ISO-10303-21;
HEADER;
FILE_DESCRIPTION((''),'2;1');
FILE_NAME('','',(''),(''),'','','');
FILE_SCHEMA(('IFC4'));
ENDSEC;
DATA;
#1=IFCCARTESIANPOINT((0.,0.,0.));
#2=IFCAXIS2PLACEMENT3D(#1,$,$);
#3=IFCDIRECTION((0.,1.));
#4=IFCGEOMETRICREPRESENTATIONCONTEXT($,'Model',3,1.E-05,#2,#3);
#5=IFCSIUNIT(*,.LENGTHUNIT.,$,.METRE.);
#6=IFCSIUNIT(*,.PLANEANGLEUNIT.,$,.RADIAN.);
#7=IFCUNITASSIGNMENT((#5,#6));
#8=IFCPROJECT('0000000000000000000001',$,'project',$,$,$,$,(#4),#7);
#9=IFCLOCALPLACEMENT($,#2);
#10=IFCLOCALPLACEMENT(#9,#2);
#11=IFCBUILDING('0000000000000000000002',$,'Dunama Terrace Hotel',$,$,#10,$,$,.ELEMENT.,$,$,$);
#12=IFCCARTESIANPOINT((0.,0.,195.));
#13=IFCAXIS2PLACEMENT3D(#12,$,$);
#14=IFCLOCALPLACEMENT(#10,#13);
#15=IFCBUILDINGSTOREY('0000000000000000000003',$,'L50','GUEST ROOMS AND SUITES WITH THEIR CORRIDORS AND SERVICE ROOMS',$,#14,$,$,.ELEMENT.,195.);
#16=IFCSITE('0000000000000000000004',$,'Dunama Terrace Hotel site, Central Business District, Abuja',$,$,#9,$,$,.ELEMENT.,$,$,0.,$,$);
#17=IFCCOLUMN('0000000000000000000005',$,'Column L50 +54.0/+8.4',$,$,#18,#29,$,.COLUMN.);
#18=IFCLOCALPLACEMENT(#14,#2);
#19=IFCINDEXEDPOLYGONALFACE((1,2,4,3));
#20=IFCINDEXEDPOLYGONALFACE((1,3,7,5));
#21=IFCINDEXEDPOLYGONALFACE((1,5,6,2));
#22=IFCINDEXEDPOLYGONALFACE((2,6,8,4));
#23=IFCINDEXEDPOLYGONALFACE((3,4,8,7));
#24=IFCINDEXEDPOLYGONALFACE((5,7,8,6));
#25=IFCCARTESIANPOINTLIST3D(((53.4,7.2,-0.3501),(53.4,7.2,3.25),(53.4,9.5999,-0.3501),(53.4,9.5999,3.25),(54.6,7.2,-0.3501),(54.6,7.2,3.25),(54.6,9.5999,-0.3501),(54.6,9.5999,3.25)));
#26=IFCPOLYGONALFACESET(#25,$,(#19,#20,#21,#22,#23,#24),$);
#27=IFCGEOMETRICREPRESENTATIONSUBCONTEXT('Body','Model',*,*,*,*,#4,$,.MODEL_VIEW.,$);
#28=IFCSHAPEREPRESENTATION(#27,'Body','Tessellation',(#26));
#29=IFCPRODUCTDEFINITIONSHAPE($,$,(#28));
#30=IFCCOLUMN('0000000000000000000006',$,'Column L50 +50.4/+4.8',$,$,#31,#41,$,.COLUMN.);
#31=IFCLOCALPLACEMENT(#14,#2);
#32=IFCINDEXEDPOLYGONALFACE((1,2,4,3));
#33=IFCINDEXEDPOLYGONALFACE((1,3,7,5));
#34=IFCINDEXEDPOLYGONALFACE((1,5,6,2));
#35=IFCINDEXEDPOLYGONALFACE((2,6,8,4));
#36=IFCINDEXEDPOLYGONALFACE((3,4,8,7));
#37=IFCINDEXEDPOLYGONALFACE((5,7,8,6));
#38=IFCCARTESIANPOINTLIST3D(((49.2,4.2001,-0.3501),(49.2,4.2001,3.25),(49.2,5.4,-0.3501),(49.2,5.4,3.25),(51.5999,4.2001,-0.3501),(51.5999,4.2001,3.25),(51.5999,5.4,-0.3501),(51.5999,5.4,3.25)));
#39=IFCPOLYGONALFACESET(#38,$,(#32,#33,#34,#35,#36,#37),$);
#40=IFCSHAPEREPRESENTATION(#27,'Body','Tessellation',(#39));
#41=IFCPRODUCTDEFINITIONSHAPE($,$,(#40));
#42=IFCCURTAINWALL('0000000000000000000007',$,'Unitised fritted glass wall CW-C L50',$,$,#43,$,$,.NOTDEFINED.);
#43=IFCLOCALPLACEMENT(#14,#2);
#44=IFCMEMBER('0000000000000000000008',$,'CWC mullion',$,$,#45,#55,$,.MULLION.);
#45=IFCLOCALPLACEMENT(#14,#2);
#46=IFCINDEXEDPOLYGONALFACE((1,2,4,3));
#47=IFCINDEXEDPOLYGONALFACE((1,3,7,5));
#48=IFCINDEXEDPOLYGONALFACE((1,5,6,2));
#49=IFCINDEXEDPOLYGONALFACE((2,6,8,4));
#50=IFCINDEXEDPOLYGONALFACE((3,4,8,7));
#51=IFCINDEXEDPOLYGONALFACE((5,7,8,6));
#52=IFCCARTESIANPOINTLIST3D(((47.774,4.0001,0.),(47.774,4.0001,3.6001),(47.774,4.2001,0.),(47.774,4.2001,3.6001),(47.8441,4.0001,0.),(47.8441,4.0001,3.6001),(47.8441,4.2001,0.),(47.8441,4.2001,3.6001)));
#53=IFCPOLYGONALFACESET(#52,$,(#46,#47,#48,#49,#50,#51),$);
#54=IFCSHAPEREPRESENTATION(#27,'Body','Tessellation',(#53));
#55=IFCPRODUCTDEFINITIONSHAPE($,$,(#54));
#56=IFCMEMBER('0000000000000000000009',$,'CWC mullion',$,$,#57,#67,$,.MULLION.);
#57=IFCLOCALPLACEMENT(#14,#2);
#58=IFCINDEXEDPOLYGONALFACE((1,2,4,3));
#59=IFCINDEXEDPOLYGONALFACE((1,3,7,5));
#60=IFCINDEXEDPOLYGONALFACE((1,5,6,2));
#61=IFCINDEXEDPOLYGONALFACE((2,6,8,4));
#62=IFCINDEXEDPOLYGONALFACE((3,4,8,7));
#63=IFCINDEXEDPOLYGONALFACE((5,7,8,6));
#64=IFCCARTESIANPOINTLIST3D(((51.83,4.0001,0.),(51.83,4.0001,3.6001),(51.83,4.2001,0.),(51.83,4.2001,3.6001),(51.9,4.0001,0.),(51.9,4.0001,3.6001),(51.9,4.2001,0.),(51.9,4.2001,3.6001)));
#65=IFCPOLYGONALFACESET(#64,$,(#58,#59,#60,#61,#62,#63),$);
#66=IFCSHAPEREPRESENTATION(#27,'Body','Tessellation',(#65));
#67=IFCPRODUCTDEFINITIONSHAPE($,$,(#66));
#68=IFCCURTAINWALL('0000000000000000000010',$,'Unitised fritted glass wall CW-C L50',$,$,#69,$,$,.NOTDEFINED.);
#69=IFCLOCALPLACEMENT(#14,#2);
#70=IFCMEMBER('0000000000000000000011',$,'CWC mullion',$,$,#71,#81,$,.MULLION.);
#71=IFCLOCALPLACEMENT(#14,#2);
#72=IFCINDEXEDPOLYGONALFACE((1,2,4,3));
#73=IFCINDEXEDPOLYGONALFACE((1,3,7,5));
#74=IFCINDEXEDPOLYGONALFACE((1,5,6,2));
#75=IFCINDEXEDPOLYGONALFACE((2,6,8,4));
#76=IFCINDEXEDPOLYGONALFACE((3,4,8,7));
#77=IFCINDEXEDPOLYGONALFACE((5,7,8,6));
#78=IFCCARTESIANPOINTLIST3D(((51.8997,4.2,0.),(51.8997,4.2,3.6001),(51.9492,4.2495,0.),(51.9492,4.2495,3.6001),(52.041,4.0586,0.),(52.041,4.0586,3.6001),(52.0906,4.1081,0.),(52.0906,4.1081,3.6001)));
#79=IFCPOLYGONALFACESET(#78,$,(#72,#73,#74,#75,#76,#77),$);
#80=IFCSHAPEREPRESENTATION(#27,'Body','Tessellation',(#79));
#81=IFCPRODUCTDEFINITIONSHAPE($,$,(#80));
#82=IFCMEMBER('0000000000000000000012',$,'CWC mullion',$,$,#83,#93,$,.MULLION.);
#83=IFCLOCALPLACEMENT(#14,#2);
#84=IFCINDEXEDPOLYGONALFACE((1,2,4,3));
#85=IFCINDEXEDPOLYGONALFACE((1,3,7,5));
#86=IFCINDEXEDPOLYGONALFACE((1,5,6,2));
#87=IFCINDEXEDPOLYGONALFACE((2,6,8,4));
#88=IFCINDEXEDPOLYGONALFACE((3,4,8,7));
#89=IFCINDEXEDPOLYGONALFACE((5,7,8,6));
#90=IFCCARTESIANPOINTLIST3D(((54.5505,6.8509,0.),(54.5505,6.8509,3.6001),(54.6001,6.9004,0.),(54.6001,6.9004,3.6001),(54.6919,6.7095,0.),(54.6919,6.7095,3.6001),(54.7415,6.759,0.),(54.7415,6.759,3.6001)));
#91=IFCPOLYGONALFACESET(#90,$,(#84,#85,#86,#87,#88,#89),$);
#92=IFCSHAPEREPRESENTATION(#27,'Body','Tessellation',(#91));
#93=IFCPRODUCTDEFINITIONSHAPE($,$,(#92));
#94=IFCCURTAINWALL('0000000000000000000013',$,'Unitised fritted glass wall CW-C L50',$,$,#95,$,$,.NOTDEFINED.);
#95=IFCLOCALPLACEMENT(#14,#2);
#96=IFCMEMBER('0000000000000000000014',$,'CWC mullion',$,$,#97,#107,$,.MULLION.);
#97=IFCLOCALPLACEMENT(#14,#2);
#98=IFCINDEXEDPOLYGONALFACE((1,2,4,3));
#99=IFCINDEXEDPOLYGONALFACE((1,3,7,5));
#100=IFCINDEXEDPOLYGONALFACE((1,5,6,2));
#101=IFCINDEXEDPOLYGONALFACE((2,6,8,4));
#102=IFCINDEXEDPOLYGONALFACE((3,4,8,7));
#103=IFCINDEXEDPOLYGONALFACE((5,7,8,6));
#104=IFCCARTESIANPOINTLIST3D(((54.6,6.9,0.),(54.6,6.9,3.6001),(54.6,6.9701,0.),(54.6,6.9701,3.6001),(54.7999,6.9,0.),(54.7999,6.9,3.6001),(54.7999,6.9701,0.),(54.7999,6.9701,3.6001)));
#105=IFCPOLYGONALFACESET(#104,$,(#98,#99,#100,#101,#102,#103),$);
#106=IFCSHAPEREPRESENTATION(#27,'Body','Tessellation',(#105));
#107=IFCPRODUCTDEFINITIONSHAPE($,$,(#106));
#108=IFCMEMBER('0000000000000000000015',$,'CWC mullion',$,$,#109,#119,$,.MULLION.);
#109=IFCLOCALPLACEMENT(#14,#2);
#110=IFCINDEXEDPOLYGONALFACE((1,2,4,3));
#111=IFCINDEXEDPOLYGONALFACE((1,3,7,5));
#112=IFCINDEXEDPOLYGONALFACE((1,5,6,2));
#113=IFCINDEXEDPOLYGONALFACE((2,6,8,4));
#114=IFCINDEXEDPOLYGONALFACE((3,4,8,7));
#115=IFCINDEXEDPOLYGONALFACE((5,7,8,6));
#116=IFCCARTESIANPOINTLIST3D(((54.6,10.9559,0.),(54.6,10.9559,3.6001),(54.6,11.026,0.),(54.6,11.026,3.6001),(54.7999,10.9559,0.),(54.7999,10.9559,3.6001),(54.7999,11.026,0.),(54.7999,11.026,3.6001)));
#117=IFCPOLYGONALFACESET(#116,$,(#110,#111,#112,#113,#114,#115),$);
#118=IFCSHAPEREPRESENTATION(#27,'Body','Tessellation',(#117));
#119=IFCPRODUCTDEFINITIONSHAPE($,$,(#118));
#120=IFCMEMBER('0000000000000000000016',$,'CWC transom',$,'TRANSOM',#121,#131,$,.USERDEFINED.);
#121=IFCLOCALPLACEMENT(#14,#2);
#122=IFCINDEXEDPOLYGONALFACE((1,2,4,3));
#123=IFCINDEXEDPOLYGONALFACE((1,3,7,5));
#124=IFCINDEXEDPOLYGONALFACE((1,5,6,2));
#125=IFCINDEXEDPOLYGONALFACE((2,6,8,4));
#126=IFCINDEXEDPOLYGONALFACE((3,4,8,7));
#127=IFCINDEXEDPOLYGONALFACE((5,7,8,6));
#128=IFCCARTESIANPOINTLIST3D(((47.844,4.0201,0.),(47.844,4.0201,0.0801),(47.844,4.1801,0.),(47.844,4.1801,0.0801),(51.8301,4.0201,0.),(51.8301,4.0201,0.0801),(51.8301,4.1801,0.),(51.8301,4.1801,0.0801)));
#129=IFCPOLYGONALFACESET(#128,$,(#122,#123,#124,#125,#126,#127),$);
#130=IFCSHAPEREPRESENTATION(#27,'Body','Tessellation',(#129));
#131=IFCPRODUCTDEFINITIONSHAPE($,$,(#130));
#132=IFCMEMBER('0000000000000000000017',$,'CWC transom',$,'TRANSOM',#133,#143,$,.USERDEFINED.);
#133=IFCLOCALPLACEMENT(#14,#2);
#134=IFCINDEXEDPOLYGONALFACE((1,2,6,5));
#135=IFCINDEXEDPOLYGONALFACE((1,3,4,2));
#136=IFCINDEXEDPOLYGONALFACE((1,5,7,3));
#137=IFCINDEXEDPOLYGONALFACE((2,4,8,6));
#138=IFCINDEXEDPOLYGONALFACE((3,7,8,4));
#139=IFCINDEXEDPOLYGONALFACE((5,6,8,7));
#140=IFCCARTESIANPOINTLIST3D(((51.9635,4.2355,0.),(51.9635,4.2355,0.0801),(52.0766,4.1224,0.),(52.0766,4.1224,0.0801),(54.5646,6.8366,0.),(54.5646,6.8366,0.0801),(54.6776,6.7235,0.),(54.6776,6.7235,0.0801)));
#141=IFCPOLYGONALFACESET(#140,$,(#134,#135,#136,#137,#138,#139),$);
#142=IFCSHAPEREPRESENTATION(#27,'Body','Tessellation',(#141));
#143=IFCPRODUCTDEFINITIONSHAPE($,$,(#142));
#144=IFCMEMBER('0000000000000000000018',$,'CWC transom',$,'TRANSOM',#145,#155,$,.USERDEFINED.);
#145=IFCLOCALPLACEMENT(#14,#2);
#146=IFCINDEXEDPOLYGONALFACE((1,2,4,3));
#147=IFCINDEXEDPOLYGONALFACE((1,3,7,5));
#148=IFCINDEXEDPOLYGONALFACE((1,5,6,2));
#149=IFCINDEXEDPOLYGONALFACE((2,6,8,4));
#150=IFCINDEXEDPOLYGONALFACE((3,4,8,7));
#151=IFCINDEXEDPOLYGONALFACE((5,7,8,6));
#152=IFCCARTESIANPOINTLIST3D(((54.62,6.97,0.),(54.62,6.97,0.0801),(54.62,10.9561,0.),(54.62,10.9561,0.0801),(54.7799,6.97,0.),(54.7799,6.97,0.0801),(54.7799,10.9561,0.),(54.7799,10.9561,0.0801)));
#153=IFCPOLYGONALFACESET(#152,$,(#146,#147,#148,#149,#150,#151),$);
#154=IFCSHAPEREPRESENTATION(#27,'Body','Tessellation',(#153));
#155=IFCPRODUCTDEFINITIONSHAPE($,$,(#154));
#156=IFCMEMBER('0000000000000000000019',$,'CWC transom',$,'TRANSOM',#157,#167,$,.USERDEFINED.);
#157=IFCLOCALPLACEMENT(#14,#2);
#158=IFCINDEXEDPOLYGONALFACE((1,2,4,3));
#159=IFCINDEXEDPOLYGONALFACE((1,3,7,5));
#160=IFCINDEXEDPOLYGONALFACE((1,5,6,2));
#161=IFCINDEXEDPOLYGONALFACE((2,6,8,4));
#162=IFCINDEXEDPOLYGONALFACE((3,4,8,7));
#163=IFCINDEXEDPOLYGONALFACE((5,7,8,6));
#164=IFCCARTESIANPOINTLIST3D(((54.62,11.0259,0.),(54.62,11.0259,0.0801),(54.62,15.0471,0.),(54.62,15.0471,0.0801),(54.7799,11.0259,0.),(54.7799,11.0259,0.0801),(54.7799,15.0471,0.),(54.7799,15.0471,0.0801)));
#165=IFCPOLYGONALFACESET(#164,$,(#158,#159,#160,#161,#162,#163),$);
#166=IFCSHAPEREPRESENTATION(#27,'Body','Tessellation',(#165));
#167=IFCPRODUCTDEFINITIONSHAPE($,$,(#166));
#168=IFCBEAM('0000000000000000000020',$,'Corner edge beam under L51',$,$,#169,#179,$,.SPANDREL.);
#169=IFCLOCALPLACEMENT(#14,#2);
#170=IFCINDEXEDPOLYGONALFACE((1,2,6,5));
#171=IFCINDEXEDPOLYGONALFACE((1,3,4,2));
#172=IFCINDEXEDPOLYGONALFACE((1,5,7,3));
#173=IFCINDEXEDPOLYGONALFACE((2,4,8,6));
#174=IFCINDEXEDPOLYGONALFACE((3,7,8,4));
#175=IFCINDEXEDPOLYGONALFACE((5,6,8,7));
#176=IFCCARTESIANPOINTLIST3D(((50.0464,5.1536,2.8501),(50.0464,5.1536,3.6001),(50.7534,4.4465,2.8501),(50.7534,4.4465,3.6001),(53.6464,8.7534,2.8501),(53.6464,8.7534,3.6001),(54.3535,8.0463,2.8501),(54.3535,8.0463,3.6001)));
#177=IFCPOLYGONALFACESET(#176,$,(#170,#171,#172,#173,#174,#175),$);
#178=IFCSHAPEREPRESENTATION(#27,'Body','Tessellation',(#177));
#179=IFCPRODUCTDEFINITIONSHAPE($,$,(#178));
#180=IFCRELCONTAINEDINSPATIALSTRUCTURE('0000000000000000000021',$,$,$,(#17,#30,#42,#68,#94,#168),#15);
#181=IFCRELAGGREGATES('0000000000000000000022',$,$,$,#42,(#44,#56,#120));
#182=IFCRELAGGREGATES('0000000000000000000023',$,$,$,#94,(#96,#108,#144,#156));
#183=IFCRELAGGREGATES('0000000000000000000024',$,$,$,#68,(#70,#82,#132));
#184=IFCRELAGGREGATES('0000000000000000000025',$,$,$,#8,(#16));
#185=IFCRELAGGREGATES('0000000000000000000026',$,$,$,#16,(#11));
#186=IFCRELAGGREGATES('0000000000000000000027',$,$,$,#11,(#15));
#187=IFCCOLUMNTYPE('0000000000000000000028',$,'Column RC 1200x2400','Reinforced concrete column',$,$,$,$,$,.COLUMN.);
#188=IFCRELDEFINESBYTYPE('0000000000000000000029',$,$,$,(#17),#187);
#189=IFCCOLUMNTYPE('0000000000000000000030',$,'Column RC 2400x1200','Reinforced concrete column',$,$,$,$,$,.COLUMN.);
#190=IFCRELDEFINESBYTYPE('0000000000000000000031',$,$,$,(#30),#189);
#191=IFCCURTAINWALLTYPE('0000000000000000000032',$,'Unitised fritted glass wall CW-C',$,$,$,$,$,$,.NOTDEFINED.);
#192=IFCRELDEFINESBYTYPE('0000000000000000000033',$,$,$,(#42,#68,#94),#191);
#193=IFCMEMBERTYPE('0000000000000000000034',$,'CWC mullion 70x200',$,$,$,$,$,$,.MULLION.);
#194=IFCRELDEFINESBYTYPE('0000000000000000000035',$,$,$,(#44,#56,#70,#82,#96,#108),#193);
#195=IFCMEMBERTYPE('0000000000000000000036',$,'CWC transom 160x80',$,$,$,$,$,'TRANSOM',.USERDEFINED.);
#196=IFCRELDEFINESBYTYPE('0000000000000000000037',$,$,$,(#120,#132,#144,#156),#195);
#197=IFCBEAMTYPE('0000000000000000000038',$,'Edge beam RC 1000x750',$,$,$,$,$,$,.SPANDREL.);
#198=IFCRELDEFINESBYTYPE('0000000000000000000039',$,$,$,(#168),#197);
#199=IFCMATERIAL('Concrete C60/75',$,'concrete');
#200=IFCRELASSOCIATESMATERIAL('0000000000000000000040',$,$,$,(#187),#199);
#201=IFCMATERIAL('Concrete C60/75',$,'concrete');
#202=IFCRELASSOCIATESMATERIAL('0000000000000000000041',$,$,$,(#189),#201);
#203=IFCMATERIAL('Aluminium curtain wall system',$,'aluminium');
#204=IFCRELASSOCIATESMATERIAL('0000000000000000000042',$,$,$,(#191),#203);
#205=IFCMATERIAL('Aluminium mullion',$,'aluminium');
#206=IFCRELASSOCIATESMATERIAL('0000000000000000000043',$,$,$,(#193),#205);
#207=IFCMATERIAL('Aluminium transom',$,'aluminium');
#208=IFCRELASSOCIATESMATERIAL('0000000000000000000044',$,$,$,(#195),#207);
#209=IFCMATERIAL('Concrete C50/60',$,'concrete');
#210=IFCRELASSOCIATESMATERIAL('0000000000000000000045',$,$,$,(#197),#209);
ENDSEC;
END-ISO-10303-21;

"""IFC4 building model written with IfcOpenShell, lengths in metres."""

from ifc_helpers import new_model, si_unit, direction, frame, origin, origin_2d, place, context, subcontext, project, spatial, rectangle, extrude, material, material_profile, profile_set, type_object, element, aggregate, save


model = new_model("IFC4")

# Units and contexts
model_context = context("Model", 3, precision=1e-05, world=origin(), true_north=direction((0.0, 1.0)))
body_context = subcontext(model_context, "Body", "Model", "MODEL_VIEW")
ifc_project = project(units=[si_unit("LENGTHUNIT", "METRE"), si_unit("PLANEANGLEUNIT", "RADIAN")], contexts=[model_context])

# Site, building, storey
site_placement = place(None, origin())
site = spatial("IfcSite", under=ifc_project, at=site_placement, Name="Dunama Terrace Hotel site, Central Business District, Abuja", CompositionType="ELEMENT", RefElevation=0.0)
building_placement = place(site_placement, origin())
building = spatial("IfcBuilding", under=site, at=building_placement, Name="Dunama Terrace Hotel", CompositionType="ELEMENT")
storey_placement = place(building_placement, frame((0.0, 0.0, 195.0)))
storey = spatial("IfcBuildingStorey", under=building, at=storey_placement, Name="L50", Description="GUEST ROOMS AND SUITES WITH THEIR CORRIDORS AND SERVICE ROOMS", CompositionType="ELEMENT", Elevation=195.0)

# Columns
ifc_material_1 = material(Name="Concrete C60/75", Category="concrete")
ifc_material_profile_1 = material_profile(ifc_material_1, rectangle(XDim=1.2, YDim=2.3999, at=origin_2d()), Name="RC 1200x2400")
ifc_profile_set_1 = profile_set([ifc_material_profile_1], Name="Concrete C60/75")
column_type_1 = type_object("IfcColumnType", Name="Column RC 1200x2400", Description="Reinforced concrete column", PredefinedType="COLUMN", material=ifc_profile_set_1)
column_1_placement = place(storey_placement, frame((54.0, 8.3999, -0.3501), z_axis=(0.0, 0.0, 1.0), x_axis=(1.0, 0.0, 0.0)))
element("IfcColumn", 1, at=column_1_placement, inside=storey, type_object=column_type_1, Name="Column L50 +54.0/+8.4", PredefinedType="COLUMN", context=body_context, shape_type="SweptSolid", body=[
    extrude(rectangle(XDim=1.2, YDim=2.3999, at=origin_2d()), origin(), (0.0, 0.0, 1.0), 3.6001),
])
ifc_material_2 = material(Name="Concrete C60/75", Category="concrete")
ifc_material_profile_2 = material_profile(ifc_material_2, rectangle(XDim=2.3999, YDim=1.2, at=origin_2d()), Name="RC 2400x1200")
ifc_profile_set_2 = profile_set([ifc_material_profile_2], Name="Concrete C60/75")
column_type_2 = type_object("IfcColumnType", Name="Column RC 2400x1200", Description="Reinforced concrete column", PredefinedType="COLUMN", material=ifc_profile_set_2)
column_2_placement = place(storey_placement, frame((50.3999, 4.8, -0.3501), z_axis=(0.0, 0.0, 1.0), x_axis=(1.0, 0.0, 0.0)))
element("IfcColumn", 2, at=column_2_placement, inside=storey, type_object=column_type_2, Name="Column L50 +50.4/+4.8", PredefinedType="COLUMN", context=body_context, shape_type="SweptSolid", body=[
    extrude(rectangle(XDim=2.3999, YDim=1.2, at=origin_2d()), origin(), (0.0, 0.0, 1.0), 3.6001),
])

# Curtain walls, members
ifc_material_3 = material(Name="Aluminium curtain wall system", Category="aluminium")
curtain_wall_type = type_object("IfcCurtainWallType", Name="Unitised fritted glass wall CW-C", PredefinedType="NOTDEFINED", material=ifc_material_3)
curtain_wall_1_placement = place(storey_placement, origin())
curtain_wall_1 = element("IfcCurtainWall", 3, at=curtain_wall_1_placement, inside=storey, type_object=curtain_wall_type, Name="Unitised fritted glass wall CW-C L50", PredefinedType="NOTDEFINED")
ifc_material_4 = material(Name="Aluminium mullion", Category="aluminium")
ifc_material_profile_3 = material_profile(ifc_material_4, rectangle(XDim=0.0701, YDim=0.2, at=origin_2d()), Name="CWC MULLION 70X200")
ifc_profile_set_3 = profile_set([ifc_material_profile_3], Name="Aluminium mullion")
member_type_1 = type_object("IfcMemberType", Name="CWC mullion 70x200", PredefinedType="MULLION", material=ifc_profile_set_3)
member_1_placement = place(storey_placement, frame((47.8091, 4.1001, 0.0), z_axis=(0.0, 0.0, 1.0), x_axis=(1.0, 0.0, 0.0)))
member_1 = element("IfcMember", 4, at=member_1_placement, type_object=member_type_1, Name="CWC mullion", PredefinedType="MULLION", context=body_context, shape_type="SweptSolid", body=[
    extrude(rectangle(XDim=0.0701, YDim=0.2, at=origin_2d()), origin(), (0.0, 0.0, 1.0), 3.6001),
])
member_2_placement = place(storey_placement, frame((51.865, 4.1001, 0.0), z_axis=(0.0, 0.0, 1.0), x_axis=(1.0, 0.0, 0.0)))
member_2 = element("IfcMember", 5, at=member_2_placement, type_object=member_type_1, Name="CWC mullion", PredefinedType="MULLION", context=body_context, shape_type="SweptSolid", body=[
    extrude(rectangle(XDim=0.0701, YDim=0.2, at=origin_2d()), origin(), (0.0, 0.0, 1.0), 3.6001),
])
curtain_wall_2_placement = place(storey_placement, origin())
curtain_wall_2 = element("IfcCurtainWall", 6, at=curtain_wall_2_placement, inside=storey, type_object=curtain_wall_type, Name="Unitised fritted glass wall CW-C L50", PredefinedType="NOTDEFINED")
member_3_placement = place(storey_placement, frame((51.9951, 4.1541, 0.0), z_axis=(0.0, 0.0, 1.0), x_axis=(0.707107, 0.707107, 0.0)))
member_3 = element("IfcMember", 7, at=member_3_placement, type_object=member_type_1, Name="CWC mullion", PredefinedType="MULLION", context=body_context, shape_type="SweptSolid", body=[
    extrude(rectangle(XDim=0.0701, YDim=0.2, at=origin_2d()), origin(), (0.0, 0.0, 1.0), 3.6001),
])
member_4_placement = place(storey_placement, frame((54.646, 6.8049, 0.0), z_axis=(0.0, 0.0, 1.0), x_axis=(0.707107, 0.707107, 0.0)))
member_4 = element("IfcMember", 8, at=member_4_placement, type_object=member_type_1, Name="CWC mullion", PredefinedType="MULLION", context=body_context, shape_type="SweptSolid", body=[
    extrude(rectangle(XDim=0.0701, YDim=0.2, at=origin_2d()), origin(), (0.0, 0.0, 1.0), 3.6001),
])
curtain_wall_3_placement = place(storey_placement, origin())
curtain_wall_3 = element("IfcCurtainWall", 9, at=curtain_wall_3_placement, inside=storey, type_object=curtain_wall_type, Name="Unitised fritted glass wall CW-C L50", PredefinedType="NOTDEFINED")
member_5_placement = place(storey_placement, frame((54.7, 6.9351, 0.0), z_axis=(0.0, 0.0, 1.0), x_axis=(0.0, 1.0, 0.0)))
member_5 = element("IfcMember", 10, at=member_5_placement, type_object=member_type_1, Name="CWC mullion", PredefinedType="MULLION", context=body_context, shape_type="SweptSolid", body=[
    extrude(rectangle(XDim=0.0701, YDim=0.2, at=origin_2d()), origin(), (0.0, 0.0, 1.0), 3.6001),
])
member_6_placement = place(storey_placement, frame((54.7, 10.991, 0.0), z_axis=(0.0, 0.0, 1.0), x_axis=(0.0, 1.0, 0.0)))
member_6 = element("IfcMember", 11, at=member_6_placement, type_object=member_type_1, Name="CWC mullion", PredefinedType="MULLION", context=body_context, shape_type="SweptSolid", body=[
    extrude(rectangle(XDim=0.0701, YDim=0.2, at=origin_2d()), origin(), (0.0, 0.0, 1.0), 3.6001),
])

# Members
ifc_material_5 = material(Name="Aluminium transom", Category="aluminium")
ifc_material_profile_4 = material_profile(ifc_material_5, rectangle(XDim=0.1599, YDim=0.0801, at=origin_2d()), Name="CWC TRANSOM 160X80")
ifc_profile_set_4 = profile_set([ifc_material_profile_4], Name="Aluminium transom")
member_type_2 = type_object("IfcMemberType", Name="CWC transom 160x80", ElementType="TRANSOM", PredefinedType="USERDEFINED", material=ifc_profile_set_4)
member_7_placement = place(storey_placement, frame((47.844, 4.1001, 0.04), z_axis=(1.0, 0.0, 0.0), x_axis=(0.0, 1.0, 0.0)))
member_7 = element("IfcMember", 12, at=member_7_placement, type_object=member_type_2, Name="CWC transom", ObjectType="TRANSOM", PredefinedType="USERDEFINED", context=body_context, shape_type="SweptSolid", body=[
    extrude(rectangle(XDim=0.1599, YDim=0.0801, at=origin_2d()), origin(), (0.0, 0.0, 1.0), 3.9861),
])
member_8_placement = place(storey_placement, frame((52.02, 4.179, 0.04), z_axis=(0.707107, 0.707107, 0.0), x_axis=(-0.707107, 0.707107, 0.0)))
member_8 = element("IfcMember", 13, at=member_8_placement, type_object=member_type_2, Name="CWC transom", ObjectType="TRANSOM", PredefinedType="USERDEFINED", context=body_context, shape_type="SweptSolid", body=[
    extrude(rectangle(XDim=0.1599, YDim=0.0801, at=origin_2d()), origin(), (0.0, 0.0, 1.0), 3.6785),
])
member_9_placement = place(storey_placement, frame((54.7, 6.97, 0.04), z_axis=(0.0, 1.0, 0.0), x_axis=(-1.0, 0.0, 0.0)))
member_9 = element("IfcMember", 14, at=member_9_placement, type_object=member_type_2, Name="CWC transom", ObjectType="TRANSOM", PredefinedType="USERDEFINED", context=body_context, shape_type="SweptSolid", body=[
    extrude(rectangle(XDim=0.1599, YDim=0.0801, at=origin_2d()), origin(), (0.0, 0.0, 1.0), 3.9861),
])
member_10_placement = place(storey_placement, frame((54.7, 11.0259, 0.04), z_axis=(0.0, 1.0, 0.0), x_axis=(-1.0, 0.0, 0.0)))
member_10 = element("IfcMember", 15, at=member_10_placement, type_object=member_type_2, Name="CWC transom", ObjectType="TRANSOM", PredefinedType="USERDEFINED", context=body_context, shape_type="SweptSolid", body=[
    extrude(rectangle(XDim=0.1599, YDim=0.0801, at=origin_2d()), origin(), (0.0, 0.0, 1.0), 4.0212),
])

# Beam
ifc_material_6 = material(Name="Concrete C50/60", Category="concrete")
ifc_material_profile_5 = material_profile(ifc_material_6, rectangle(XDim=1.0, YDim=0.75, at=origin_2d()), Name="RC 1000x750")
ifc_profile_set_5 = profile_set([ifc_material_profile_5], Name="Concrete C50/60")
beam_type_1 = type_object("IfcBeamType", Name="Edge beam RC 1000x750", PredefinedType="SPANDREL", material=ifc_profile_set_5)
beam_1_placement = place(storey_placement, frame((50.3999, 4.8, 3.2251), z_axis=(0.707131, 0.707083, 0.0), x_axis=(-0.707083, 0.707131, 0.0)))
element("IfcBeam", 16, at=beam_1_placement, inside=storey, type_object=beam_type_1, Name="Corner edge beam under L51", PredefinedType="SPANDREL", context=body_context, shape_type="SweptSolid", body=[
    extrude(rectangle(XDim=1.0, YDim=0.75, at=origin_2d()), origin(), (0.0, 0.0, 1.0), 5.0911),
])

aggregate(curtain_wall_1, [member_1, member_2, member_7])
aggregate(curtain_wall_3, [member_5, member_6, member_9, member_10])
aggregate(curtain_wall_2, [member_3, member_4, member_8])

save(model, "model.ifc")
